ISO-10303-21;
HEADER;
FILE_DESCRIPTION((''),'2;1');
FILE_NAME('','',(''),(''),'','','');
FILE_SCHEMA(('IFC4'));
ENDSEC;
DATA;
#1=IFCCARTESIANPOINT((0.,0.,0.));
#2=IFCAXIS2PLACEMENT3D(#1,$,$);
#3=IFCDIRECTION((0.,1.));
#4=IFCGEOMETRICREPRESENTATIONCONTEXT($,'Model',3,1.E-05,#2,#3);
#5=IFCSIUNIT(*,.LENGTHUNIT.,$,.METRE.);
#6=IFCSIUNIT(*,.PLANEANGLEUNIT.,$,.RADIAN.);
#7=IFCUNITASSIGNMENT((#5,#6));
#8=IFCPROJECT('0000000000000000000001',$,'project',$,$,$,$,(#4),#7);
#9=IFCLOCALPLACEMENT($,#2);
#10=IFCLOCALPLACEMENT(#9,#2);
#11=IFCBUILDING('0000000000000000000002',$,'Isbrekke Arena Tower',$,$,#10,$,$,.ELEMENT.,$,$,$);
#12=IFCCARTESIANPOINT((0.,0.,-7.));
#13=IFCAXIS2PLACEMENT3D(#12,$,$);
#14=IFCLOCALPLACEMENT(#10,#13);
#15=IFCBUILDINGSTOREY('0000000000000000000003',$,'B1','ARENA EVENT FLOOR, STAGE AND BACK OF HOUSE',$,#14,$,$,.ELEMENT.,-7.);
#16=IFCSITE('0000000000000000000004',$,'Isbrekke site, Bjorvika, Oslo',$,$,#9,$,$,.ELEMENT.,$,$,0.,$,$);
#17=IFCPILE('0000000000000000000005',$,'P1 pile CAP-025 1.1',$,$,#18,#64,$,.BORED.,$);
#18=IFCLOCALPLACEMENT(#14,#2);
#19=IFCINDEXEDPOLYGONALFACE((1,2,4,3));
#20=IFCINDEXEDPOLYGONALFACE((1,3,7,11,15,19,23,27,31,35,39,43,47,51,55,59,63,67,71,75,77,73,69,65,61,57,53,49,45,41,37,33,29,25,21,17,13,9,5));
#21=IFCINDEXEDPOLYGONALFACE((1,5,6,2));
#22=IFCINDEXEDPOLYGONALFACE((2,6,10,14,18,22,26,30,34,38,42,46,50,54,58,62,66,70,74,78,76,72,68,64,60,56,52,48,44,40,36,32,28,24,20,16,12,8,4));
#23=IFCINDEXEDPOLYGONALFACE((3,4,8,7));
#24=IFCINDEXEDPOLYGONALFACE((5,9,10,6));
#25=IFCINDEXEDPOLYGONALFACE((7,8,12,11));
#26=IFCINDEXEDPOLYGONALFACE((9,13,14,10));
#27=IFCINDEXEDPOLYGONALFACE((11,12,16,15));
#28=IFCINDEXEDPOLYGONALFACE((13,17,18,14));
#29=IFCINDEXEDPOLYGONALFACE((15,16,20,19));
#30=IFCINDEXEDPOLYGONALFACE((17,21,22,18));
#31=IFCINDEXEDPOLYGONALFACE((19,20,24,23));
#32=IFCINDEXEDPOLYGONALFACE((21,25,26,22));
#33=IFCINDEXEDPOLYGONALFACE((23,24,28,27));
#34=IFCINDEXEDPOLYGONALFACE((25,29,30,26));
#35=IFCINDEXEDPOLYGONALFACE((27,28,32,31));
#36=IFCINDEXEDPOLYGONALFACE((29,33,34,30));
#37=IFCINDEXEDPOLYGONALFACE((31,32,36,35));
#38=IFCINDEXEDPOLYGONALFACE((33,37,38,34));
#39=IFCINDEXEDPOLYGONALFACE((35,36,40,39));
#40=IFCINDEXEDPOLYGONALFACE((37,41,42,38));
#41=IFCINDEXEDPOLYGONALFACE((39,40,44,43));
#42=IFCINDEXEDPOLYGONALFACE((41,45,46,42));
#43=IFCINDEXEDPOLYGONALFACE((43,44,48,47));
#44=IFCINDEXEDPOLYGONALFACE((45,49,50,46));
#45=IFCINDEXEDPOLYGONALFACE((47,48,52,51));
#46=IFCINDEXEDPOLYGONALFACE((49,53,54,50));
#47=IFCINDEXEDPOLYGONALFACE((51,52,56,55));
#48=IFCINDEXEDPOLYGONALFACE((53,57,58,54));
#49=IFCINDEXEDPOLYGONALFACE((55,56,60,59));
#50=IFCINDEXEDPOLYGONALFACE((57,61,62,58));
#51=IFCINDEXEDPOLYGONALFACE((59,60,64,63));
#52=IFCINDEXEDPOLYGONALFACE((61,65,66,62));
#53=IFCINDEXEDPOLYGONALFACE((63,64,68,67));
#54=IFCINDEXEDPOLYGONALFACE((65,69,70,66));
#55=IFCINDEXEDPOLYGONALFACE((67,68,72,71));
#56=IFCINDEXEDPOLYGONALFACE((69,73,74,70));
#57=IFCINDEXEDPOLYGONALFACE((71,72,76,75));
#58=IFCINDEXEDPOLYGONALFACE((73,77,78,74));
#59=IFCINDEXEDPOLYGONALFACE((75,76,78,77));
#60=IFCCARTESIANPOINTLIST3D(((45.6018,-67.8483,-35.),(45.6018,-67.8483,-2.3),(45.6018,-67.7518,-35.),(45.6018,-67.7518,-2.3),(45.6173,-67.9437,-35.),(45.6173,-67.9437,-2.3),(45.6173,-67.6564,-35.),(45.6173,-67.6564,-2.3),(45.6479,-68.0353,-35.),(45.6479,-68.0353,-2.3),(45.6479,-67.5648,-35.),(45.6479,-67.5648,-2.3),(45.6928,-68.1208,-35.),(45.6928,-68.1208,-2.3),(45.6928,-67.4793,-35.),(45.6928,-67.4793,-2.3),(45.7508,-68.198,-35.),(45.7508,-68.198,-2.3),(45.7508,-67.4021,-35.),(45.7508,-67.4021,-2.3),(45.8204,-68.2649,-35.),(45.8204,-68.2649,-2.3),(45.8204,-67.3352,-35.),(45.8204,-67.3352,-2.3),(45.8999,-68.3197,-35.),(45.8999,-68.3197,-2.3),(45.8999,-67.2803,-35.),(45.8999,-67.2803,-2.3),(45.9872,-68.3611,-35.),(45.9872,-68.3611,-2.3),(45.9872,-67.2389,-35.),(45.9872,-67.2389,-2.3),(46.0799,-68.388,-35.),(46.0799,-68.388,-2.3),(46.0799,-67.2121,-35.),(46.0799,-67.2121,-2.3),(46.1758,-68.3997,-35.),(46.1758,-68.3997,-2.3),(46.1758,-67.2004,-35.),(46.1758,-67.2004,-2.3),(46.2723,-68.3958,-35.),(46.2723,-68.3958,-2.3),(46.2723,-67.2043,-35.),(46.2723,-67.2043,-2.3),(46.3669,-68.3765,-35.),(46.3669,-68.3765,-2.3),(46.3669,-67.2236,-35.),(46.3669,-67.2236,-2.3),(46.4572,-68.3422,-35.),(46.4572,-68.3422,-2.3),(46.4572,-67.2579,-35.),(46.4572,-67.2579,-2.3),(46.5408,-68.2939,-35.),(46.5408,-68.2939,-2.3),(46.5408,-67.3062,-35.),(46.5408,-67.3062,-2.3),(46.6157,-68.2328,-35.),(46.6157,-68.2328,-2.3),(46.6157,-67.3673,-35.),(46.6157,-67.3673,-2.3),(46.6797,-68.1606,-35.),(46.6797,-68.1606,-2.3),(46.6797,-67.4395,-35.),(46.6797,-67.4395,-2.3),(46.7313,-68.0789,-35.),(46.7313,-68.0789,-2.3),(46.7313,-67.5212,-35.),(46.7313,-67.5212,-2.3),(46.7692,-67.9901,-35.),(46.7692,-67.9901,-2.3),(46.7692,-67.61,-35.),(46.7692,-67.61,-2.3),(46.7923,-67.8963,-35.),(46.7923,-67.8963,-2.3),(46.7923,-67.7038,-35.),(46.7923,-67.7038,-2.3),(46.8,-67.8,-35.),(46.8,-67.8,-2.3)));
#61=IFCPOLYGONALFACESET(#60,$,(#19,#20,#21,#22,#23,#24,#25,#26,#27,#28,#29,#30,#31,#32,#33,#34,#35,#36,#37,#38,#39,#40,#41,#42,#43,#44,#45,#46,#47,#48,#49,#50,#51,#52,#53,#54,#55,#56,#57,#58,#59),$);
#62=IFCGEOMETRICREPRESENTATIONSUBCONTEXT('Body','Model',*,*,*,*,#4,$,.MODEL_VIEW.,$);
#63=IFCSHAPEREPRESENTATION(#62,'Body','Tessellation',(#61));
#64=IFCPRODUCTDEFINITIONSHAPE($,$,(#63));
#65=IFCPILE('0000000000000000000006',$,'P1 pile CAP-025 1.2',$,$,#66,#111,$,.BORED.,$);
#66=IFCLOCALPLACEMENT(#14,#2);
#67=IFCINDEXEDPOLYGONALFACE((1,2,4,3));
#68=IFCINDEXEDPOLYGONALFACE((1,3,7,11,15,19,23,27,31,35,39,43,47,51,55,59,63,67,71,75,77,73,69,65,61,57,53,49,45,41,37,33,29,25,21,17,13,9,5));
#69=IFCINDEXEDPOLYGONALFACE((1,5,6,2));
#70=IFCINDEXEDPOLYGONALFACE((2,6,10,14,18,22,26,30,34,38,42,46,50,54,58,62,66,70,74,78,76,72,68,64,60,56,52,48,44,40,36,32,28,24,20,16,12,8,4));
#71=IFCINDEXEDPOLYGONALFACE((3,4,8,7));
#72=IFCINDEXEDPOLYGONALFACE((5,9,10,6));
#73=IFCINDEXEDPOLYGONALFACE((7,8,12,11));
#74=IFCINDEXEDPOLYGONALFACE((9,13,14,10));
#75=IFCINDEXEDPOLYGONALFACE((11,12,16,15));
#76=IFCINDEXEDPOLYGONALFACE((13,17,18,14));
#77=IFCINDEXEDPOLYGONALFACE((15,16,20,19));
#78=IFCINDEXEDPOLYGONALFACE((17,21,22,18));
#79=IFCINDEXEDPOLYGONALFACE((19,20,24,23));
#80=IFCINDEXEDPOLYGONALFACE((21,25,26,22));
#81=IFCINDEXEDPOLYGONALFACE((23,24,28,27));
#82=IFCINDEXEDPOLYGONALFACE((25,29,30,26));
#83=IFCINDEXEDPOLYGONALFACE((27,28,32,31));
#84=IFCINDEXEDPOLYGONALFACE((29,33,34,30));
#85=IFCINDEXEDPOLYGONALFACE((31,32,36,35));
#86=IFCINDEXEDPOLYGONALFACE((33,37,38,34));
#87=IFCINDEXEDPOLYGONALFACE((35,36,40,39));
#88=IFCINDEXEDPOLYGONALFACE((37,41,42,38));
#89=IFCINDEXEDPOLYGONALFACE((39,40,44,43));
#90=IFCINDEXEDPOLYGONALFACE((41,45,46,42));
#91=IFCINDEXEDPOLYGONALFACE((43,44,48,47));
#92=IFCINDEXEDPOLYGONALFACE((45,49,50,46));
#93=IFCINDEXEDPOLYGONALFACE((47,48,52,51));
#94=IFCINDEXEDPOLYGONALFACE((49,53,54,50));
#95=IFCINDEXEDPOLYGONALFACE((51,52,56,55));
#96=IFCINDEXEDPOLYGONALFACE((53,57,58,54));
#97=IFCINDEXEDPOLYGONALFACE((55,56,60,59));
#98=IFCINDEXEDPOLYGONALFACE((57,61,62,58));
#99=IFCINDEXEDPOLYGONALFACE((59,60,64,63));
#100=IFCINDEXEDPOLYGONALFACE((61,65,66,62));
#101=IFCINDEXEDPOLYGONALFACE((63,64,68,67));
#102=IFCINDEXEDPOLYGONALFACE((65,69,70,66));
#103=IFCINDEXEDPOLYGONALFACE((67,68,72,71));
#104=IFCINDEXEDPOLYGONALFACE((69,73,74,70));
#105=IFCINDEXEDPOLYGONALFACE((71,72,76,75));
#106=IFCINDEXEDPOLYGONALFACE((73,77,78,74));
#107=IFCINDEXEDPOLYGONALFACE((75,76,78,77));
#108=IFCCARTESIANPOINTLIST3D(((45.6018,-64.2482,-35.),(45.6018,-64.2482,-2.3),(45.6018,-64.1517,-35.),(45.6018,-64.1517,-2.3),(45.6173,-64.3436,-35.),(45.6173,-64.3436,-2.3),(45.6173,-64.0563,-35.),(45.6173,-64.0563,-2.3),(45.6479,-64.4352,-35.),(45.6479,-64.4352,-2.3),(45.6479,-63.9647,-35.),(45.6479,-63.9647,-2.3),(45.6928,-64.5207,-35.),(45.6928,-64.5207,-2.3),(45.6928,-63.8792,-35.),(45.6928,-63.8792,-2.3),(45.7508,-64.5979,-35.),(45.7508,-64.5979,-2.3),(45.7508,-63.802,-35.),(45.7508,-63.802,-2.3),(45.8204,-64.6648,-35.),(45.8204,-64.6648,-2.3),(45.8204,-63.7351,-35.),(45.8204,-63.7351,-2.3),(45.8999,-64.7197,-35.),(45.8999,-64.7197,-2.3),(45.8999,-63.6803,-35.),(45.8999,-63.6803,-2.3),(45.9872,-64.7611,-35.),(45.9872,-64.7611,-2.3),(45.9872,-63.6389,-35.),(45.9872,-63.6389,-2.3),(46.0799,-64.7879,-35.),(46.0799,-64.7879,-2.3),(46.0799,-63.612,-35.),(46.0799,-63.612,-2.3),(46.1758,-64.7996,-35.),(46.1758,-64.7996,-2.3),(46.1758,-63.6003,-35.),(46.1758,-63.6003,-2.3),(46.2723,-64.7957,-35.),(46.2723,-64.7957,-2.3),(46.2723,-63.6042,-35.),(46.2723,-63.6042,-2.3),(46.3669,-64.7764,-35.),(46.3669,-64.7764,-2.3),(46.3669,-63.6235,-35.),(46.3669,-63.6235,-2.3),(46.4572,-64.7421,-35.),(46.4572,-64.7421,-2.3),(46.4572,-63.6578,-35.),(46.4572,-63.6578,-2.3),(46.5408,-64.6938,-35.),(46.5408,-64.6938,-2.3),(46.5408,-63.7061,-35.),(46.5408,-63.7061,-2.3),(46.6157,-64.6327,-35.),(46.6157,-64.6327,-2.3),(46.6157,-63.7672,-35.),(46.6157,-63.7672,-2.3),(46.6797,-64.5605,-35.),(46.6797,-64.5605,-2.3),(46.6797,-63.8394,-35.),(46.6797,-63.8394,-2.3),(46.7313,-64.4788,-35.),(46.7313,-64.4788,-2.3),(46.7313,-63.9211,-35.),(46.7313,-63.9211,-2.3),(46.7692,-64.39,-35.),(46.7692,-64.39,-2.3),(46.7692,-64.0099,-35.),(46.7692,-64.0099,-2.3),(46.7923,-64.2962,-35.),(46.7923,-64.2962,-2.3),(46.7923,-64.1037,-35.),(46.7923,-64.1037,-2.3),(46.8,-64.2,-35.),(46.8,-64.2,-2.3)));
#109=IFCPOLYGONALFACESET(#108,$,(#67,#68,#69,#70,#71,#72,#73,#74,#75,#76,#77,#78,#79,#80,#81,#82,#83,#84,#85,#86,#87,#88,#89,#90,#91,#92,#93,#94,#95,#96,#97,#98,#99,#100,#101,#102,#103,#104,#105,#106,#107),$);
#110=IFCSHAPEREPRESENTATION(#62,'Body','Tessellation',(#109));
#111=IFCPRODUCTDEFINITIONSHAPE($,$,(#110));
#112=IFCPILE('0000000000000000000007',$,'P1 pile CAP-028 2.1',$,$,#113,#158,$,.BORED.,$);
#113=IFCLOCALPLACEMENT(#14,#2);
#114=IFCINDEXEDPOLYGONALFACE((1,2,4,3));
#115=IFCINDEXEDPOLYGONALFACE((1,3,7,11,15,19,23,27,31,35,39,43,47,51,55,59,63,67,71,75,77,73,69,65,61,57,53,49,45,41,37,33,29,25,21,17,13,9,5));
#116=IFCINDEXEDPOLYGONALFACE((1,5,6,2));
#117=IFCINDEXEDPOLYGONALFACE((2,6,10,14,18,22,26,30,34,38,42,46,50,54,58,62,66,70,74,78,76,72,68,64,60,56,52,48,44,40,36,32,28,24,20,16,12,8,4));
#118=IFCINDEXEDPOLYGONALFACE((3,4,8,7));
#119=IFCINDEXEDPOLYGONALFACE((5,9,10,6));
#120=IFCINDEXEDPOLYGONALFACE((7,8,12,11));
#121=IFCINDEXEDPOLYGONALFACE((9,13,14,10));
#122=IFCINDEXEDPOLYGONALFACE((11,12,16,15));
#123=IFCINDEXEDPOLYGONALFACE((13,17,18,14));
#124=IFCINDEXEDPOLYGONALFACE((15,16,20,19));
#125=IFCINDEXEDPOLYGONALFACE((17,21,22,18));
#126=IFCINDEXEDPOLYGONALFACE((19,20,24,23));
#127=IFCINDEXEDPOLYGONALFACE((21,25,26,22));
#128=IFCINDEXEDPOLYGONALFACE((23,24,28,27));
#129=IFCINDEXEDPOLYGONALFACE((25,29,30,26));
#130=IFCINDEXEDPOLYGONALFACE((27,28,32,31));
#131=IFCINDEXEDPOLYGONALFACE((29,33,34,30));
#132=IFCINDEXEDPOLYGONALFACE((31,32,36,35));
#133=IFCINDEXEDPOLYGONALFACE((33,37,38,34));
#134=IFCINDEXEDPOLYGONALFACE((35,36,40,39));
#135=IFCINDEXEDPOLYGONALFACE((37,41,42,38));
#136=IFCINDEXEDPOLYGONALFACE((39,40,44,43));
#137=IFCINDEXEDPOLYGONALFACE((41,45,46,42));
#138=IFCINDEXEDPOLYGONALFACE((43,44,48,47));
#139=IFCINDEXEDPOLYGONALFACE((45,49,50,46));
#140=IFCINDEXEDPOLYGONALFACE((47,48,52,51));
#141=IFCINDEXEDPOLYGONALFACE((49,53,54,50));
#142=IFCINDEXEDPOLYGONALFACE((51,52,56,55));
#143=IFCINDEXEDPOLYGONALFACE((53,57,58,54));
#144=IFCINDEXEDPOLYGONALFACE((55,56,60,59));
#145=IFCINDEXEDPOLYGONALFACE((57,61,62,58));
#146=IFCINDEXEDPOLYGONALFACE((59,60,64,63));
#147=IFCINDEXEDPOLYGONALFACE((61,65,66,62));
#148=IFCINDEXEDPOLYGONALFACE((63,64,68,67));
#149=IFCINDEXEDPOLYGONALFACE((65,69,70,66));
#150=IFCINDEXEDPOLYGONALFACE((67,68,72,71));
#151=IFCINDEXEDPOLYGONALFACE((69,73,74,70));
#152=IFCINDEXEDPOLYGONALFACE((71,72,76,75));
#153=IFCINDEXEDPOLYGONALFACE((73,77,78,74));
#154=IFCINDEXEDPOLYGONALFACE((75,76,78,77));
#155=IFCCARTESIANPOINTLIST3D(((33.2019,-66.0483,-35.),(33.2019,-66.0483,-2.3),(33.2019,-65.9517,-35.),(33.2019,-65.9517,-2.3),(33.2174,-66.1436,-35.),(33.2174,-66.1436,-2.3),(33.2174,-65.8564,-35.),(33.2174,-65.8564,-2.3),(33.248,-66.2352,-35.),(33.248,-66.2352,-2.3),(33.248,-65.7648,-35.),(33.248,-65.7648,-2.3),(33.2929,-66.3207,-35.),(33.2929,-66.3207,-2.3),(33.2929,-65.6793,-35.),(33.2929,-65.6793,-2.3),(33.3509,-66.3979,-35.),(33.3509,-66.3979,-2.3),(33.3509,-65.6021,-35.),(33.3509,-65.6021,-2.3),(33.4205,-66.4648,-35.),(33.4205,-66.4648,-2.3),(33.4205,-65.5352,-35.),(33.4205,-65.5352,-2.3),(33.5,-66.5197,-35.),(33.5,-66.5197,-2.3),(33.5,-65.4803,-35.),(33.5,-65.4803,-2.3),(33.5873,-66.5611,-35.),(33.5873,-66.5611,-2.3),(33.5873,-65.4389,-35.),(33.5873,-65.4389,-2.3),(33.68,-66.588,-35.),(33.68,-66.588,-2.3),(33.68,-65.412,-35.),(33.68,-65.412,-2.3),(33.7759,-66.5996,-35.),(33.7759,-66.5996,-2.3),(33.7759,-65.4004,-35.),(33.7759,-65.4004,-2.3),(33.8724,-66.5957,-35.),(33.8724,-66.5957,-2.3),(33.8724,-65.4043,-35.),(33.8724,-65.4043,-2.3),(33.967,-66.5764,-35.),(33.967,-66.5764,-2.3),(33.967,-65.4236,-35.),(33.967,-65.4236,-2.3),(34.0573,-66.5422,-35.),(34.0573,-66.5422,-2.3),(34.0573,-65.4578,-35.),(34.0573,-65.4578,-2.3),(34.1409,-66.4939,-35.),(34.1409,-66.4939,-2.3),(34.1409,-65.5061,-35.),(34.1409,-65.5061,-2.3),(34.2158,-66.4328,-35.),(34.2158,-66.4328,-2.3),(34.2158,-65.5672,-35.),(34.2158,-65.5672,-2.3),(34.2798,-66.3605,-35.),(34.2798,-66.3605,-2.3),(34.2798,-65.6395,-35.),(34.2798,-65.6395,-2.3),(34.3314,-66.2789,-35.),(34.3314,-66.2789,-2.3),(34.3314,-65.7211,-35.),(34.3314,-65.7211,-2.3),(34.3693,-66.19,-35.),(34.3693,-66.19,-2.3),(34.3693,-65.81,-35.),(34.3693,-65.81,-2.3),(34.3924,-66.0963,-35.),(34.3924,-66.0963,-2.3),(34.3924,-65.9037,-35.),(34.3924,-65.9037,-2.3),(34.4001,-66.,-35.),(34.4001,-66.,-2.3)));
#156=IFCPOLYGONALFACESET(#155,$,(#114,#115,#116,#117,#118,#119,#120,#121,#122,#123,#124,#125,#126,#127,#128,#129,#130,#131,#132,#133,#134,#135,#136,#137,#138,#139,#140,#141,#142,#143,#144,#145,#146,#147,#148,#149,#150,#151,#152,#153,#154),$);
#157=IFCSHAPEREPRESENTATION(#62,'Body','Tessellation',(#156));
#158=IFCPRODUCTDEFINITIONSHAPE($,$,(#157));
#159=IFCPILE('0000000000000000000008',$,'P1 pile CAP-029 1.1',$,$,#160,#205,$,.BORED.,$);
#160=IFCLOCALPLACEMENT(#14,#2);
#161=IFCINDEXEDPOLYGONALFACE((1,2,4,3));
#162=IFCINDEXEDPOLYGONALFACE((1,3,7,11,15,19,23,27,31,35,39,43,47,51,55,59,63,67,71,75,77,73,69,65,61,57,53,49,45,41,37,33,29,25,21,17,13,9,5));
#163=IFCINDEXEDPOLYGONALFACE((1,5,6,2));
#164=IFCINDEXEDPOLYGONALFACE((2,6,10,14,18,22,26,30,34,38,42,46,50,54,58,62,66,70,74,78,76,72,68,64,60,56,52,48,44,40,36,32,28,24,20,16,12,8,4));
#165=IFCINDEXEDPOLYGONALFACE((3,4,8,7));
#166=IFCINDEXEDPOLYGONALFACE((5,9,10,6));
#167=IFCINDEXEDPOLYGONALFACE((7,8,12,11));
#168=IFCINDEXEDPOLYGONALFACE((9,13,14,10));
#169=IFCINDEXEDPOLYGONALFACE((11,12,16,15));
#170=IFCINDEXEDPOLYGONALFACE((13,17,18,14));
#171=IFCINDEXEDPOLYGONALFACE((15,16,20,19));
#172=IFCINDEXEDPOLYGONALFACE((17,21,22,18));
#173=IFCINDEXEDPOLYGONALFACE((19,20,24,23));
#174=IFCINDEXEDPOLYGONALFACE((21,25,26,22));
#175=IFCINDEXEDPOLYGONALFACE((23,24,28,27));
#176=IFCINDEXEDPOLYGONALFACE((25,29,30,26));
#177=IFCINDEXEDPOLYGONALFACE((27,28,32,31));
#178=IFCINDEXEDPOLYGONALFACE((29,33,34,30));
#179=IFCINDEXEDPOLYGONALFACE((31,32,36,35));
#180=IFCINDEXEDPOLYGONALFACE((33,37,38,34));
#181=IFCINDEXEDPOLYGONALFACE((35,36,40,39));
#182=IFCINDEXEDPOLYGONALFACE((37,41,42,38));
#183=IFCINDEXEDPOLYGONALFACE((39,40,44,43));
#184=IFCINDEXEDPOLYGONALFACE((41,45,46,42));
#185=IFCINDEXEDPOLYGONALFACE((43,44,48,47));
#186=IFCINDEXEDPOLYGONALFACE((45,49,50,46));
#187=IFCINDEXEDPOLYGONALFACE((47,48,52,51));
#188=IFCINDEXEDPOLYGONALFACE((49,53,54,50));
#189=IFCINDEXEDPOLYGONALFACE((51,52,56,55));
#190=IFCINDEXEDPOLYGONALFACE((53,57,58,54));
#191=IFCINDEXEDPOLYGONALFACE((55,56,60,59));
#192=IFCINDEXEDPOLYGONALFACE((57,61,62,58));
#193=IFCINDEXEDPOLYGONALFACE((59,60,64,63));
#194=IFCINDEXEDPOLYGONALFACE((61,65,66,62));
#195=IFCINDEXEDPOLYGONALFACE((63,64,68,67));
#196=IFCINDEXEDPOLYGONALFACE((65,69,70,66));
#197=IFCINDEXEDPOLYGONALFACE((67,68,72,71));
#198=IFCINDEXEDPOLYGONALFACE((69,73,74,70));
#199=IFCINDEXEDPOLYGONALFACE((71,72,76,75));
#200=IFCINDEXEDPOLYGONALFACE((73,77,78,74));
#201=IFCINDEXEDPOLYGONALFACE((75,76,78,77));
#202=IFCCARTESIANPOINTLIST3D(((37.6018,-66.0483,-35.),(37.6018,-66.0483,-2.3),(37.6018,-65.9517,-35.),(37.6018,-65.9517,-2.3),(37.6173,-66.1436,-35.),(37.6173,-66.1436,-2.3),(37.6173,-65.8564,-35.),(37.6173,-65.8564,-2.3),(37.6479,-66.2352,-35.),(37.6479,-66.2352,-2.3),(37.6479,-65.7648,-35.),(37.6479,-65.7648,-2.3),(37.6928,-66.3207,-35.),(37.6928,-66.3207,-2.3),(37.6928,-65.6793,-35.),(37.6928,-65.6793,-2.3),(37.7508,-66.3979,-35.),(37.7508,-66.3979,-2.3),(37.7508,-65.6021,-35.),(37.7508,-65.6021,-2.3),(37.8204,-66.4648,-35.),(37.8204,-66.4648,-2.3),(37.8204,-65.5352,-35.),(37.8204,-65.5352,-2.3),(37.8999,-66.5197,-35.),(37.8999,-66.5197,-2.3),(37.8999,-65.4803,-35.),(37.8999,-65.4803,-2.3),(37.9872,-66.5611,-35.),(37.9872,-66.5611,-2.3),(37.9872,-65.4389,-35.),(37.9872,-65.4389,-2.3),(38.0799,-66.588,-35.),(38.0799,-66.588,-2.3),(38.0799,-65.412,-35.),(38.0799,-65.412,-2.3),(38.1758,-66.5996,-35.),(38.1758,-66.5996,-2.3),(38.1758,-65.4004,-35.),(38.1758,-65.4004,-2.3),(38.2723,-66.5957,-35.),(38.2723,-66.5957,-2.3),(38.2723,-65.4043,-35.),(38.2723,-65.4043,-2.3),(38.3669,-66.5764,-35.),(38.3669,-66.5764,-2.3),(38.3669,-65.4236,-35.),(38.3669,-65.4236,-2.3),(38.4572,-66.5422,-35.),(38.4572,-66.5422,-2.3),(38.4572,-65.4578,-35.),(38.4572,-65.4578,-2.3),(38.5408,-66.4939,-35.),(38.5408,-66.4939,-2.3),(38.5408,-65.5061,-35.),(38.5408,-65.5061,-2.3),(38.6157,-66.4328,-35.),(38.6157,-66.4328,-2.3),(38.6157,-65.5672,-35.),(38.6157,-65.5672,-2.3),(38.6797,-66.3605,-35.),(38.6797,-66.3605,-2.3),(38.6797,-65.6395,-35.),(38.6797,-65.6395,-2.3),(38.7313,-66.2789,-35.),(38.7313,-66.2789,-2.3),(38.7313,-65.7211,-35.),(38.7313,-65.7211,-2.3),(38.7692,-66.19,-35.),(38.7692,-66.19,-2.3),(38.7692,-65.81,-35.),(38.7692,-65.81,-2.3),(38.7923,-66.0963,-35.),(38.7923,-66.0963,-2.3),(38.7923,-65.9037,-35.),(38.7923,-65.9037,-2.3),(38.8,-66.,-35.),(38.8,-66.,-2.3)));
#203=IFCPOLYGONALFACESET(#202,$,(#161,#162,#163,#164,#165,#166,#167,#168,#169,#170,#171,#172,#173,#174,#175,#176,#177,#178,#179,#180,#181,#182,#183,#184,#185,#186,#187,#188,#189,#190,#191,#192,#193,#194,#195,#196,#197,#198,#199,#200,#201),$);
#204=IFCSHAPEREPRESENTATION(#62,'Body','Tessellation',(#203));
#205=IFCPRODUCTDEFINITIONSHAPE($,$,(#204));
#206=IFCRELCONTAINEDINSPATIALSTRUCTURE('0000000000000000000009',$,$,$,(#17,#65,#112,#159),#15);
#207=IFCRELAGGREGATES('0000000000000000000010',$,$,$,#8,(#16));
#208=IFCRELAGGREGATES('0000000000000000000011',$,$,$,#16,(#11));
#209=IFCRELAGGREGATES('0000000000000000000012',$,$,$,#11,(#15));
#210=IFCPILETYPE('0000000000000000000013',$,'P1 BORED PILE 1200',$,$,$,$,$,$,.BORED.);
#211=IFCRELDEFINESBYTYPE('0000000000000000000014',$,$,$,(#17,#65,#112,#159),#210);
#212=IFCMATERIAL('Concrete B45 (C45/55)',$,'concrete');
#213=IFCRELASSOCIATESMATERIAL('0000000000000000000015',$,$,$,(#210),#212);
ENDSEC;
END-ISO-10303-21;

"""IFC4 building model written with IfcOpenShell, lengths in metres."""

from ifc_helpers import new_model, si_unit, direction, frame, origin, origin_2d, place, context, subcontext, project, spatial, circle, extrude, material, material_profile, profile_set, type_object, element, save


model = new_model("IFC4")

# Units and contexts
model_context = context("Model", 3, precision=1e-05, world=origin(), true_north=direction((0.0, 1.0)))
body_context = subcontext(model_context, "Body", "Model", "MODEL_VIEW")
ifc_project = project(units=[si_unit("LENGTHUNIT", "METRE"), si_unit("PLANEANGLEUNIT", "RADIAN")], contexts=[model_context])

# Site, building, storey
site_placement = place(None, origin())
site = spatial("IfcSite", under=ifc_project, at=site_placement, Name="Isbrekke site, Bjorvika, Oslo", CompositionType="ELEMENT", RefElevation=0.0)
building_placement = place(site_placement, origin())
building = spatial("IfcBuilding", under=site, at=building_placement, Name="Isbrekke Arena Tower", CompositionType="ELEMENT")
storey_placement = place(building_placement, frame((0.0, 0.0, -7.0)))
storey = spatial("IfcBuildingStorey", under=building, at=storey_placement, Name="B1", Description="ARENA EVENT FLOOR, STAGE AND BACK OF HOUSE", CompositionType="ELEMENT", Elevation=-7.0)

# Piles
ifc_material_1 = material(Name="Concrete B45 (C45/55)", Category="concrete")
ifc_material_profile_1 = material_profile(ifc_material_1, circle(Radius=0.6001, at=origin_2d()), Name="BORED PILE D1200")
ifc_profile_set_1 = profile_set([ifc_material_profile_1], Name="Concrete B45 (C45/55)")
pile_type = type_object("IfcPileType", Name="P1 BORED PILE 1200", PredefinedType="BORED", material=ifc_profile_set_1)
for number, where, z_axis, x_axis, name in (
    (1, (46.2, -67.8, -2.3), (0.0, 0.0, -1.0), (1.0, 0.0, 0.0), "P1 pile CAP-025 1.1"),
    (2, (46.2, -64.2, -2.3), (0.0, 0.0, -1.0), (1.0, 0.0, 0.0), "P1 pile CAP-025 1.2"),
    (3, (33.8, -66.0, -2.3), (0.0, 0.0, -1.0), (1.0, 0.0, 0.0), "P1 pile CAP-028 2.1"),
    (4, (38.2, -66.0, -2.3), (0.0, 0.0, -1.0), (1.0, 0.0, 0.0), "P1 pile CAP-029 1.1"),
):
    element("IfcPile", number, at=place(storey_placement, frame(where, z_axis=z_axis, x_axis=x_axis)), inside=storey, type_object=pile_type, Name=name, PredefinedType="BORED", context=body_context, shape_type="SweptSolid", body=[
        extrude(circle(Radius=0.6001, at=origin_2d()), origin(), (0.0, 0.0, 1.0), 32.7),
    ])

save(model, "model.ifc")
